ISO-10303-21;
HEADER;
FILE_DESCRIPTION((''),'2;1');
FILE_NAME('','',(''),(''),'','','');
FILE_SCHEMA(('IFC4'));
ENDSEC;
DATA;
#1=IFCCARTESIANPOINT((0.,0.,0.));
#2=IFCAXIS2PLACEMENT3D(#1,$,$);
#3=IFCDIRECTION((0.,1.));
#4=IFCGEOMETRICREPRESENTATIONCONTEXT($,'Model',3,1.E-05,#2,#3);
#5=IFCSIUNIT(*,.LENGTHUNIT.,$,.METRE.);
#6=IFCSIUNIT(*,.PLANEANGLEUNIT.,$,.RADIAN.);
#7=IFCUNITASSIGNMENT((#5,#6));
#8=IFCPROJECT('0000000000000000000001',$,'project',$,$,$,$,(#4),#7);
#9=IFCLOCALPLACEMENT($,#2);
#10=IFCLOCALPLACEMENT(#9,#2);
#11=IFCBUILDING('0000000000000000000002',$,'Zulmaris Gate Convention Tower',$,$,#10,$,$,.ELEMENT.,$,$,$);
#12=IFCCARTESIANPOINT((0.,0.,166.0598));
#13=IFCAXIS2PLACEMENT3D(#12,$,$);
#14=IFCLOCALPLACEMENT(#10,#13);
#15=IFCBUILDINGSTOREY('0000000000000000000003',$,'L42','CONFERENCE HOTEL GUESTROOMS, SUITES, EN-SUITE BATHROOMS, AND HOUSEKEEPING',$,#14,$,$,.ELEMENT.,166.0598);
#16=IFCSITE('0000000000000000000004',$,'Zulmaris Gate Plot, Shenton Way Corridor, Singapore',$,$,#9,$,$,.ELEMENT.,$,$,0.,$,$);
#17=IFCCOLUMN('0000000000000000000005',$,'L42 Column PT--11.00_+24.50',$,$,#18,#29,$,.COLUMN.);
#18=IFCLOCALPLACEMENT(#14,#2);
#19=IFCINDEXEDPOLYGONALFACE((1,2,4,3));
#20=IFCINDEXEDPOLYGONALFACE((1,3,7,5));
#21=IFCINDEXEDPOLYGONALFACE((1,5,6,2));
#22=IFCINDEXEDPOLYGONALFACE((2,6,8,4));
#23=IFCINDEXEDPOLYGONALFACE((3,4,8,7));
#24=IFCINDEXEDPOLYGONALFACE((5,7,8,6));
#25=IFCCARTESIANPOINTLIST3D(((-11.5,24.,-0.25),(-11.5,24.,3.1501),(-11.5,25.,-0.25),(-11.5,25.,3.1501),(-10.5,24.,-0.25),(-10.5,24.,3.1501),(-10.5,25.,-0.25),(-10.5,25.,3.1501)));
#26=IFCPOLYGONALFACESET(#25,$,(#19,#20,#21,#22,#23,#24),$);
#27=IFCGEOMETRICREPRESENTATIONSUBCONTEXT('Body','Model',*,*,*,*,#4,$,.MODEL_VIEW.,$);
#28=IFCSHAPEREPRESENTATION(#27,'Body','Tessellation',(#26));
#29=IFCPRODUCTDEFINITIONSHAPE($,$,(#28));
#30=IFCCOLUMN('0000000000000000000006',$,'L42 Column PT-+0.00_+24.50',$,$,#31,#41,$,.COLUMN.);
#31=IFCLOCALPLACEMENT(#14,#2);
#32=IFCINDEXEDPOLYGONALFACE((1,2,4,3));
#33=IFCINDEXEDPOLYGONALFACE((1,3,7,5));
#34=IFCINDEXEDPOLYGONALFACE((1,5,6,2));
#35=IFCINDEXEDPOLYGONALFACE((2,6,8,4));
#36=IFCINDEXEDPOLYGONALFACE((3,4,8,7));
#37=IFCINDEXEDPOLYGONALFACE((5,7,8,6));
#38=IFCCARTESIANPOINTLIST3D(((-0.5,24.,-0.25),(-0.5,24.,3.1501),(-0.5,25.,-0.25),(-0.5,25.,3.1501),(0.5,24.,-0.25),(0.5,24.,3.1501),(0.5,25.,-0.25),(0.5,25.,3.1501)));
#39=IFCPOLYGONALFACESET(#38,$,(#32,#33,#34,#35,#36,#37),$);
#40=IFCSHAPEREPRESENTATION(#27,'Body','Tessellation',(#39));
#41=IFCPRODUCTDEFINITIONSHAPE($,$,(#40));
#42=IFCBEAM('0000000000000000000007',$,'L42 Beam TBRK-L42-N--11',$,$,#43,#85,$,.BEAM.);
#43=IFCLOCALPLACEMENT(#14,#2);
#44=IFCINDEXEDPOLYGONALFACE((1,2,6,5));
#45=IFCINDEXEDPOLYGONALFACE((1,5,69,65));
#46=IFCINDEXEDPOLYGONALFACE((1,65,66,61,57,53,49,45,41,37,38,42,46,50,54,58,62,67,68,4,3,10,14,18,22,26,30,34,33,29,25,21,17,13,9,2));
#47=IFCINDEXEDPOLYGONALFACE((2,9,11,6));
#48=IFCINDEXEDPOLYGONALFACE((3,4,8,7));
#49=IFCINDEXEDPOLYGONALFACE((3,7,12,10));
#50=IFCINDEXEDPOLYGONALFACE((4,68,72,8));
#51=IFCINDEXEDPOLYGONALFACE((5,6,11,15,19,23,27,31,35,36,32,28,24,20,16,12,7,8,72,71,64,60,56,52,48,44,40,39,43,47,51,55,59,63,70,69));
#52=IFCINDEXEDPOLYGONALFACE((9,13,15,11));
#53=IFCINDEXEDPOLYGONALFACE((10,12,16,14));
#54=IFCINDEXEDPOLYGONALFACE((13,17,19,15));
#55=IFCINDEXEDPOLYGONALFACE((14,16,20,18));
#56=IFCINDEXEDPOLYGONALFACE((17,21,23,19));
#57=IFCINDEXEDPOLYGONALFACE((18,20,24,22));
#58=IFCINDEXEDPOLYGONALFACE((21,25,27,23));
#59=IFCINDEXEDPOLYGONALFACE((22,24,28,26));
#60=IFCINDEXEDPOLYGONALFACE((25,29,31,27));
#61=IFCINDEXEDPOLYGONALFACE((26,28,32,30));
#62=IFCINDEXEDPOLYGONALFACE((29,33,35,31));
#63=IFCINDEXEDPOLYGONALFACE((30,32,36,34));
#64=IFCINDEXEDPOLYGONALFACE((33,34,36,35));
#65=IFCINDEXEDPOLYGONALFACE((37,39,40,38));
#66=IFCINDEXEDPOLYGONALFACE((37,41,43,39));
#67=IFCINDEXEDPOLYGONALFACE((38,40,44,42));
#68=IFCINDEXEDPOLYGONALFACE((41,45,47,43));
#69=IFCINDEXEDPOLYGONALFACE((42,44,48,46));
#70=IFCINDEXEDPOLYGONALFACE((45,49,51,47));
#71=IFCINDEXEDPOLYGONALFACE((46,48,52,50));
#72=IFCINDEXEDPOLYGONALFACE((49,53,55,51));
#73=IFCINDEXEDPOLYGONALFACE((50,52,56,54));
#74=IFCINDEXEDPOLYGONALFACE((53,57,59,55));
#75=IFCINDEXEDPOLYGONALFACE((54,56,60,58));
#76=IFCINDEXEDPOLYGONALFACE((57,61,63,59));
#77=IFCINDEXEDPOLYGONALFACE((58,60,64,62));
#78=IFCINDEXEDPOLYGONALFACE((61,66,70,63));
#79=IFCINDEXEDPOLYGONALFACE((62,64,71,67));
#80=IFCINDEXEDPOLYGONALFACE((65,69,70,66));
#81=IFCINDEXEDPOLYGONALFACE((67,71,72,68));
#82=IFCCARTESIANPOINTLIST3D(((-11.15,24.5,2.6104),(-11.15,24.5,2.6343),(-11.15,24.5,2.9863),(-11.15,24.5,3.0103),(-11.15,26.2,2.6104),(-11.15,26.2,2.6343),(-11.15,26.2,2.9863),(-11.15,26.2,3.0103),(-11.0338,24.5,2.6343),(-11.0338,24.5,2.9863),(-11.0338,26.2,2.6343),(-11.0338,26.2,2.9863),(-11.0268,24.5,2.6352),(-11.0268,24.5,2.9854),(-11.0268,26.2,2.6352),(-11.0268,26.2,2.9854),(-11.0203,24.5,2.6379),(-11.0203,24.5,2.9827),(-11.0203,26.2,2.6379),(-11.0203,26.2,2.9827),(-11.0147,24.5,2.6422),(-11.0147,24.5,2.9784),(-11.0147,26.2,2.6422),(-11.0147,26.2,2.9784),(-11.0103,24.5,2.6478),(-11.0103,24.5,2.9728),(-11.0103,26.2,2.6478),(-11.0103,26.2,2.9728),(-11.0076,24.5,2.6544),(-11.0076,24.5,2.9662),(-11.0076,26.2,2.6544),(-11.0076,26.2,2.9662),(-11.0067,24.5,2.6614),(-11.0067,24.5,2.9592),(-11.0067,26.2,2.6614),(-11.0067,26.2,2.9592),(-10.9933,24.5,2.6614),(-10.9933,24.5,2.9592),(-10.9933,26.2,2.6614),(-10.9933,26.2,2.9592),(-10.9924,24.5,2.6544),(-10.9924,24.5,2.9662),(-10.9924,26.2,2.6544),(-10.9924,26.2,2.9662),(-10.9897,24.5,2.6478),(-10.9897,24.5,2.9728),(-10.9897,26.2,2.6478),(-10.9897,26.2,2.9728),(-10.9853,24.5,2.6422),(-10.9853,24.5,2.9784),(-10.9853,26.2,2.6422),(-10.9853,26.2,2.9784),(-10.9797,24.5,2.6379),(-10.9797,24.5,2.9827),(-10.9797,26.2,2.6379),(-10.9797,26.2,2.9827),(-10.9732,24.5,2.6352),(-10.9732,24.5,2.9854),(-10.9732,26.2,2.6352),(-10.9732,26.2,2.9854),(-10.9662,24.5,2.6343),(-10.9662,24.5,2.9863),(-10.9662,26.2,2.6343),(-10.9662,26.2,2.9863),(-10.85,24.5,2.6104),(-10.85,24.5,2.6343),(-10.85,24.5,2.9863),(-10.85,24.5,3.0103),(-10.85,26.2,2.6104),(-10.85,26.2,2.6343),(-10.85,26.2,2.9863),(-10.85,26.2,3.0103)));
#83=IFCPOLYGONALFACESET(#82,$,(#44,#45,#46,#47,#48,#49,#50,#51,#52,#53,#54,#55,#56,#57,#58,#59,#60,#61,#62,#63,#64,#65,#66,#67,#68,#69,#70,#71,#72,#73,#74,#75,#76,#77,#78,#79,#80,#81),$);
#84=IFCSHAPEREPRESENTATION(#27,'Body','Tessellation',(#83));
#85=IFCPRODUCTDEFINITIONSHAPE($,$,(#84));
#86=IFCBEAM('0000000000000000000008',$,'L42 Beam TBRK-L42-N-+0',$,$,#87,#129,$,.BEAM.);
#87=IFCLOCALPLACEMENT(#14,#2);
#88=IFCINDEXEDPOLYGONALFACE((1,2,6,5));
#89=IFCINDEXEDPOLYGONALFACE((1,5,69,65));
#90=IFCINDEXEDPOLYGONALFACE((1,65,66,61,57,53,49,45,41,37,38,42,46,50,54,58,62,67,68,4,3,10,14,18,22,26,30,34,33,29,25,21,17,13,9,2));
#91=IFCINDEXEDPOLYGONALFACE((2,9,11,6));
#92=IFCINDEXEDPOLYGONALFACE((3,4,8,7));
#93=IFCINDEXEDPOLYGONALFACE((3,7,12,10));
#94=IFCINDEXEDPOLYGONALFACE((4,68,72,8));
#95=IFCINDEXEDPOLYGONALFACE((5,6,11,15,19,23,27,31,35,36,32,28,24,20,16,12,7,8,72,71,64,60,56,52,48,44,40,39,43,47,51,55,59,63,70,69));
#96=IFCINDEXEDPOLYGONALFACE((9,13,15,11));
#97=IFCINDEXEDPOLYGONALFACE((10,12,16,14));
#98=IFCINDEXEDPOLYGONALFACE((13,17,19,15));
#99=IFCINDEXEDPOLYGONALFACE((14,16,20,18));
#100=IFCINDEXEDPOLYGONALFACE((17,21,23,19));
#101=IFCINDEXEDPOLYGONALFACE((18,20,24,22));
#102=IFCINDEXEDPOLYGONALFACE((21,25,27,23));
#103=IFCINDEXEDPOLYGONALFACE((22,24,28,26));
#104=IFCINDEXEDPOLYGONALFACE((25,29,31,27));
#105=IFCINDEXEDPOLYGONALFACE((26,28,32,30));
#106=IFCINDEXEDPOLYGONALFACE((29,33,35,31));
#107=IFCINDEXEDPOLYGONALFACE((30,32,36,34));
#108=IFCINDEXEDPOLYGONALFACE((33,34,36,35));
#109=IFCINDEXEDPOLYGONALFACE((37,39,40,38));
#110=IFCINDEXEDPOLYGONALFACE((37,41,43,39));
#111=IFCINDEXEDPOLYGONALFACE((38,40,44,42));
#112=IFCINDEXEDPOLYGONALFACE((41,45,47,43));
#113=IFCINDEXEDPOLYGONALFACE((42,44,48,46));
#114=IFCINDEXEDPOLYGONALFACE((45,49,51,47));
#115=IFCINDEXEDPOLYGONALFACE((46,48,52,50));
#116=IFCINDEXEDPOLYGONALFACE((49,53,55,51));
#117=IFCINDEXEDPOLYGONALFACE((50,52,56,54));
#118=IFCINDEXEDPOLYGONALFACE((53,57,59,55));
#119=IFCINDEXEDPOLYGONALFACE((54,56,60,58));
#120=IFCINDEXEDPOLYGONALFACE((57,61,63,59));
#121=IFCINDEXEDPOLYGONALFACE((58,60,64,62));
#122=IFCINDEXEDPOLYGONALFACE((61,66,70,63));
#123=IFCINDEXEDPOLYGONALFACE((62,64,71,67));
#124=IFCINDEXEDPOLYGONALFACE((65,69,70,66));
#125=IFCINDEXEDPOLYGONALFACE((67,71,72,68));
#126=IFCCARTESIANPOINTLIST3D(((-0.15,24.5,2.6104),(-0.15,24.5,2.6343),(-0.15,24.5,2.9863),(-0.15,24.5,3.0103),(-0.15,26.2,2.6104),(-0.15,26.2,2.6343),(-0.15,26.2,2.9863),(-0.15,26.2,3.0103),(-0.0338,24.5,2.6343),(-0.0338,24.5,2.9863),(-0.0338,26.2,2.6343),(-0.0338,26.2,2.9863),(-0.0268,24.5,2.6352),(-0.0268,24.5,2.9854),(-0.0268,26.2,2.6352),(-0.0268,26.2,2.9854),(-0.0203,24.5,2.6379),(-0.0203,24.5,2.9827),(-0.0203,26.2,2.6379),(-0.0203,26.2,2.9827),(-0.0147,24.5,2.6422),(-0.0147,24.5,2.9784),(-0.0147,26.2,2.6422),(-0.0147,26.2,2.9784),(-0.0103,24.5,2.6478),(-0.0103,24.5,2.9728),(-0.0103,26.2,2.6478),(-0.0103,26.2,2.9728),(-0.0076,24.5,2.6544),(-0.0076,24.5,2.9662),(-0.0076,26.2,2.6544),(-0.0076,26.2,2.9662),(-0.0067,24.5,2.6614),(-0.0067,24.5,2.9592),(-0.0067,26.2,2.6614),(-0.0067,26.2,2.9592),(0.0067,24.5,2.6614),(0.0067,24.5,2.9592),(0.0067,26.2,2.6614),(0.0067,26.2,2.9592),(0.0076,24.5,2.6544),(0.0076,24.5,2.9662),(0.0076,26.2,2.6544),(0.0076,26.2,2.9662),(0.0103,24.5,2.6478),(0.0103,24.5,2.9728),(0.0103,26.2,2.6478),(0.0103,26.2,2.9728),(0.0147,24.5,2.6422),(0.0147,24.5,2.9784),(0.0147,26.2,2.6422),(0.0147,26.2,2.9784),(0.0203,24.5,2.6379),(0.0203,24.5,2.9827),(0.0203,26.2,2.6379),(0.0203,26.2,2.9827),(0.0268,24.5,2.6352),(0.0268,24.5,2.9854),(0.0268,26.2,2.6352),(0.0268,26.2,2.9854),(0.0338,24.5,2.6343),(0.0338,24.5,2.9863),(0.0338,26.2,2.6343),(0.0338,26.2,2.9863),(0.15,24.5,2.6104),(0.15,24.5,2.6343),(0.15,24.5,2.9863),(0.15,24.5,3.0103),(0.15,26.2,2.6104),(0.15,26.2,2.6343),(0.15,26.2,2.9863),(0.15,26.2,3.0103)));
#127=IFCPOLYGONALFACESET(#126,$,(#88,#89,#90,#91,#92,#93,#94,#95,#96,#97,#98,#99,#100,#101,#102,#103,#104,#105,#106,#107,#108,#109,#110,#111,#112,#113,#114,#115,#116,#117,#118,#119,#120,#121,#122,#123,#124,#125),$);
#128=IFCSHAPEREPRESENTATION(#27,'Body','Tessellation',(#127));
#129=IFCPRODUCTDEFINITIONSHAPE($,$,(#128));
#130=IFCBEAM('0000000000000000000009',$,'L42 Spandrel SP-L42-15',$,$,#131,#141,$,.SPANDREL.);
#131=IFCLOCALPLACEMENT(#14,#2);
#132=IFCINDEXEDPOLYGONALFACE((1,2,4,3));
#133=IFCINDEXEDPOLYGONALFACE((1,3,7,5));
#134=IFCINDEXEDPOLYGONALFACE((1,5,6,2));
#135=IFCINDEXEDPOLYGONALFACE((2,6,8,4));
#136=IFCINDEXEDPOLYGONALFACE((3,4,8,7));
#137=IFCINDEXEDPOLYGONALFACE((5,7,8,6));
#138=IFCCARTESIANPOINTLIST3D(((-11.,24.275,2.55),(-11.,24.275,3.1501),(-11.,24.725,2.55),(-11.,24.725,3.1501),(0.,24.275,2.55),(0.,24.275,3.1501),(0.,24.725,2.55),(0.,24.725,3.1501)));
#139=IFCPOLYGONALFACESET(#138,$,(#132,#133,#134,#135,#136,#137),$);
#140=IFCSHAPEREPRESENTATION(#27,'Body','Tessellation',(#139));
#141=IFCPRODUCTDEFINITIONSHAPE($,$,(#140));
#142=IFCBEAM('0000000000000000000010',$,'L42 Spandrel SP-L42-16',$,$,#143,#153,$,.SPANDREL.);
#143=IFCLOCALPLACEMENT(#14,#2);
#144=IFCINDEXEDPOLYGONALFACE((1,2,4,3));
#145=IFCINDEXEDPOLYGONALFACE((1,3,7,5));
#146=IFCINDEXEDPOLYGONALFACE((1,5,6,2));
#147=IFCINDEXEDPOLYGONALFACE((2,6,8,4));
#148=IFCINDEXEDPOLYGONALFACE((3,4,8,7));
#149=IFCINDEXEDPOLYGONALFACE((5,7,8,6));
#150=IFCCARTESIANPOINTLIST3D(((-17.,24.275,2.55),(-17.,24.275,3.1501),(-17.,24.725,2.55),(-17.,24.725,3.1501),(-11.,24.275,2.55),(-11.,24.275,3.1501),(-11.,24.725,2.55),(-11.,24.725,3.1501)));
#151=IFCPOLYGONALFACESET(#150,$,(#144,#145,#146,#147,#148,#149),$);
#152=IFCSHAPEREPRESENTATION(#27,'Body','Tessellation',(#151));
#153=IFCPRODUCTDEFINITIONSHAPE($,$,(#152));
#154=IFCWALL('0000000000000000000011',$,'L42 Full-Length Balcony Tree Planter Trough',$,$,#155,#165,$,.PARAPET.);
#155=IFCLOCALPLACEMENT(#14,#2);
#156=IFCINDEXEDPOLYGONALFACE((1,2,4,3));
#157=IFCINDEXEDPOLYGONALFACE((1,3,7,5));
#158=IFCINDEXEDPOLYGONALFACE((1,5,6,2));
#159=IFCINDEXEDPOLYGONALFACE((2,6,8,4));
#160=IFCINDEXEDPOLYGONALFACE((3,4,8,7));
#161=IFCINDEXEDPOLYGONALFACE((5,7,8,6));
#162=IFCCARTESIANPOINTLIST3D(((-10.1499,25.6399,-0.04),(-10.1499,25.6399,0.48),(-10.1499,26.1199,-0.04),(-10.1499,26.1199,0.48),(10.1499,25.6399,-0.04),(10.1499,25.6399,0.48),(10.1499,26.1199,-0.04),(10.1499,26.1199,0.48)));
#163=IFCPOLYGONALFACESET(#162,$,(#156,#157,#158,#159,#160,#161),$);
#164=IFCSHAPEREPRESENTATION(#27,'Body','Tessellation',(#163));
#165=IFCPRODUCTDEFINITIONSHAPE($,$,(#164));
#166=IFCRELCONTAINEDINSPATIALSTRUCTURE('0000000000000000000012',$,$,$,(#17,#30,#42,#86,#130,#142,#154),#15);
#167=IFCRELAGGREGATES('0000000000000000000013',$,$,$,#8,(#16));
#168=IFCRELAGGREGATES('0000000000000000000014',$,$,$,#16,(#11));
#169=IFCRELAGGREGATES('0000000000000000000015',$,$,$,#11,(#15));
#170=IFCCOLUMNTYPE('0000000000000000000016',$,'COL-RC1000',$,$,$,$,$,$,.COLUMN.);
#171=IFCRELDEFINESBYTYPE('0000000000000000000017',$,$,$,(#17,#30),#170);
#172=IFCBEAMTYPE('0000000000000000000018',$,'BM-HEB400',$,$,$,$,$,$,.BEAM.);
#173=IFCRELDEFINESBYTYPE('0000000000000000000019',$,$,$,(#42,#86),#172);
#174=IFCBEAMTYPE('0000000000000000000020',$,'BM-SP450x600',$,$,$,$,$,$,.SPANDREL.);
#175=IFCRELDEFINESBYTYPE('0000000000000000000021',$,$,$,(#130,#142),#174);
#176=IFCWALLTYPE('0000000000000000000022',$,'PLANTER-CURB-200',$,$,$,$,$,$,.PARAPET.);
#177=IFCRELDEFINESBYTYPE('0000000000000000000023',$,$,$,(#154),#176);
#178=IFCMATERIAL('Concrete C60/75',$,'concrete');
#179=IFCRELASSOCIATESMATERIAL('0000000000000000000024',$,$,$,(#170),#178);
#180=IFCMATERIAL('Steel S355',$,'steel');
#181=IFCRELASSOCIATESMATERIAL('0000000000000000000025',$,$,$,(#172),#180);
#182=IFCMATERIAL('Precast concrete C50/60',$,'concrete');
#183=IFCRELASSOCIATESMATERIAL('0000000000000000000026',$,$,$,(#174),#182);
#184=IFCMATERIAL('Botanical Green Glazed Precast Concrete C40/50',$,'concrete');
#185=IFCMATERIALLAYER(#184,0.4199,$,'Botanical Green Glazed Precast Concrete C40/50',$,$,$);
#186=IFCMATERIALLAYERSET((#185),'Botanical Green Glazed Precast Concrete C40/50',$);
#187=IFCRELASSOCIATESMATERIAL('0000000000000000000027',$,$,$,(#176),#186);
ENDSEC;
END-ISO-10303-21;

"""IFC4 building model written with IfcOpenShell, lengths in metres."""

from ifc_helpers import new_model, si_unit, direction, frame, frame_2d, origin, origin_2d, place, context, subcontext, project, spatial, rectangle, i_section, extrude, material, layer, layer_set, material_profile, profile_set, type_object, element, save


model = new_model("IFC4")

# Units and contexts
model_context = context("Model", 3, precision=1e-05, world=origin(), true_north=direction((0.0, 1.0)))
body_context = subcontext(model_context, "Body", "Model", "MODEL_VIEW")
ifc_project = project(units=[si_unit("LENGTHUNIT", "METRE"), si_unit("PLANEANGLEUNIT", "RADIAN")], contexts=[model_context])

# Site, building, storey
site_placement = place(None, origin())
site = spatial("IfcSite", under=ifc_project, at=site_placement, Name="Zulmaris Gate Plot, Shenton Way Corridor, Singapore", CompositionType="ELEMENT", RefElevation=0.0)
building_placement = place(site_placement, origin())
building = spatial("IfcBuilding", under=site, at=building_placement, Name="Zulmaris Gate Convention Tower", CompositionType="ELEMENT")
storey_placement = place(building_placement, frame((0.0, 0.0, 166.0598)))
storey = spatial("IfcBuildingStorey", under=building, at=storey_placement, Name="L42", Description="CONFERENCE HOTEL GUESTROOMS, SUITES, EN-SUITE BATHROOMS, AND HOUSEKEEPING", CompositionType="ELEMENT", Elevation=166.0598)

# Columns
ifc_material_1 = material(Name="Concrete C60/75", Category="concrete")
ifc_material_profile_1 = material_profile(ifc_material_1, rectangle(XDim=1.0, YDim=1.0, at=origin_2d()), Name="RC COL 1000x1000")
ifc_profile_set_1 = profile_set([ifc_material_profile_1], Name="Concrete C60/75")
column_type = type_object("IfcColumnType", Name="COL-RC1000", PredefinedType="COLUMN", material=ifc_profile_set_1)
for number, where, z_axis, x_axis, name in (
    (1, (-11.0, 24.5, -0.25), (0.0, 0.0, 1.0), (1.0, 0.0, 0.0), "L42 Column PT--11.00_+24.50"),
    (2, (0.0, 24.5, -0.25), (0.0, 0.0, 1.0), (1.0, 0.0, 0.0), "L42 Column PT-+0.00_+24.50"),
):
    element("IfcColumn", number, at=place(storey_placement, frame(where, z_axis=z_axis, x_axis=x_axis)), inside=storey, type_object=column_type, Name=name, PredefinedType="COLUMN", context=body_context, shape_type="SweptSolid", body=[
        extrude(rectangle(XDim=1.0, YDim=1.0, at=origin_2d()), origin(), (0.0, 0.0, 1.0), 3.4001),
    ])

# Beams
ifc_material_2 = material(Name="Steel S355", Category="steel")
ifc_material_profile_2 = material_profile(ifc_material_2, i_section(OverallWidth=0.3, OverallDepth=0.3999, WebThickness=0.0134, FlangeThickness=0.0239, FilletRadius=0.0271, at=origin_2d()), Name="HEB 400")
ifc_profile_set_2 = profile_set([ifc_material_profile_2], Name="Steel S355")
beam_type_1 = type_object("IfcBeamType", Name="BM-HEB400", PredefinedType="BEAM", material=ifc_profile_set_2)
for number, where, z_axis, x_axis, name in (
    (3, (-11.0, 24.5, 2.8103), (0.0, 1.0, 0.0), (-1.0, 0.0, 0.0), "L42 Beam TBRK-L42-N--11"),
    (4, (0.0, 24.5, 2.8103), (0.0, 1.0, 0.0), (-1.0, 0.0, 0.0), "L42 Beam TBRK-L42-N-+0"),
):
    element("IfcBeam", number, at=place(storey_placement, frame(where, z_axis=z_axis, x_axis=x_axis)), inside=storey, type_object=beam_type_1, Name=name, PredefinedType="BEAM", context=body_context, shape_type="SweptSolid", body=[
        extrude(i_section(OverallWidth=0.3, OverallDepth=0.3999, WebThickness=0.0134, FlangeThickness=0.0239, FilletRadius=0.0271, at=origin_2d()), origin(), (0.0, 0.0, 1.0), 1.7),
    ])
ifc_material_3 = material(Name="Precast concrete C50/60", Category="concrete")
ifc_material_profile_3 = material_profile(ifc_material_3, rectangle(XDim=0.45, YDim=0.6001, at=origin_2d()), Name="RC SPANDREL 450x600")
ifc_profile_set_3 = profile_set([ifc_material_profile_3], Name="Precast concrete C50/60")
beam_type_2 = type_object("IfcBeamType", Name="BM-SP450x600", PredefinedType="SPANDREL", material=ifc_profile_set_3)
beam_1_placement = place(storey_placement, frame((0.0, 24.5, 2.8501), z_axis=(-1.0, 0.0, 0.0), x_axis=(0.0, -1.0, 0.0)))
element("IfcBeam", 5, at=beam_1_placement, inside=storey, type_object=beam_type_2, Name="L42 Spandrel SP-L42-15", PredefinedType="SPANDREL", context=body_context, shape_type="SweptSolid", body=[
    extrude(rectangle(XDim=0.45, YDim=0.6001, at=origin_2d()), origin(), (0.0, 0.0, 1.0), 11.0),
])
beam_2_placement = place(storey_placement, frame((-11.0, 24.5, 2.8501), z_axis=(-1.0, 0.0, 0.0), x_axis=(0.0, -1.0, 0.0)))
element("IfcBeam", 6, at=beam_2_placement, inside=storey, type_object=beam_type_2, Name="L42 Spandrel SP-L42-16", PredefinedType="SPANDREL", context=body_context, shape_type="SweptSolid", body=[
    extrude(rectangle(XDim=0.45, YDim=0.6001, at=origin_2d()), origin(), (0.0, 0.0, 1.0), 6.0),
])

# Wall
ifc_material_4 = material(Name="Botanical Green Glazed Precast Concrete C40/50", Category="concrete")
ifc_layer_1 = layer(ifc_material_4, 0.4199, Name="Botanical Green Glazed Precast Concrete C40/50")
ifc_layer_set_1 = layer_set([ifc_layer_1], Name="Botanical Green Glazed Precast Concrete C40/50")
wall_type_1 = type_object("IfcWallType", Name="PLANTER-CURB-200", PredefinedType="PARAPET", material=ifc_layer_set_1)
wall_1_placement = place(storey_placement, frame((-10.1499, 25.8799, -0.04), z_axis=(0.0, 0.0, 1.0), x_axis=(1.0, 0.0, 0.0)))
element("IfcWall", 7, at=wall_1_placement, inside=storey, type_object=wall_type_1, Name="L42 Full-Length Balcony Tree Planter Trough", PredefinedType="PARAPET", context=body_context, shape_type="SweptSolid", body=[
    extrude(rectangle(XDim=20.2998, YDim=0.48, at=frame_2d((10.1499, 0.0))), origin(), (0.0, 0.0, 1.0), 0.52),
])

save(model, "model.ifc")
